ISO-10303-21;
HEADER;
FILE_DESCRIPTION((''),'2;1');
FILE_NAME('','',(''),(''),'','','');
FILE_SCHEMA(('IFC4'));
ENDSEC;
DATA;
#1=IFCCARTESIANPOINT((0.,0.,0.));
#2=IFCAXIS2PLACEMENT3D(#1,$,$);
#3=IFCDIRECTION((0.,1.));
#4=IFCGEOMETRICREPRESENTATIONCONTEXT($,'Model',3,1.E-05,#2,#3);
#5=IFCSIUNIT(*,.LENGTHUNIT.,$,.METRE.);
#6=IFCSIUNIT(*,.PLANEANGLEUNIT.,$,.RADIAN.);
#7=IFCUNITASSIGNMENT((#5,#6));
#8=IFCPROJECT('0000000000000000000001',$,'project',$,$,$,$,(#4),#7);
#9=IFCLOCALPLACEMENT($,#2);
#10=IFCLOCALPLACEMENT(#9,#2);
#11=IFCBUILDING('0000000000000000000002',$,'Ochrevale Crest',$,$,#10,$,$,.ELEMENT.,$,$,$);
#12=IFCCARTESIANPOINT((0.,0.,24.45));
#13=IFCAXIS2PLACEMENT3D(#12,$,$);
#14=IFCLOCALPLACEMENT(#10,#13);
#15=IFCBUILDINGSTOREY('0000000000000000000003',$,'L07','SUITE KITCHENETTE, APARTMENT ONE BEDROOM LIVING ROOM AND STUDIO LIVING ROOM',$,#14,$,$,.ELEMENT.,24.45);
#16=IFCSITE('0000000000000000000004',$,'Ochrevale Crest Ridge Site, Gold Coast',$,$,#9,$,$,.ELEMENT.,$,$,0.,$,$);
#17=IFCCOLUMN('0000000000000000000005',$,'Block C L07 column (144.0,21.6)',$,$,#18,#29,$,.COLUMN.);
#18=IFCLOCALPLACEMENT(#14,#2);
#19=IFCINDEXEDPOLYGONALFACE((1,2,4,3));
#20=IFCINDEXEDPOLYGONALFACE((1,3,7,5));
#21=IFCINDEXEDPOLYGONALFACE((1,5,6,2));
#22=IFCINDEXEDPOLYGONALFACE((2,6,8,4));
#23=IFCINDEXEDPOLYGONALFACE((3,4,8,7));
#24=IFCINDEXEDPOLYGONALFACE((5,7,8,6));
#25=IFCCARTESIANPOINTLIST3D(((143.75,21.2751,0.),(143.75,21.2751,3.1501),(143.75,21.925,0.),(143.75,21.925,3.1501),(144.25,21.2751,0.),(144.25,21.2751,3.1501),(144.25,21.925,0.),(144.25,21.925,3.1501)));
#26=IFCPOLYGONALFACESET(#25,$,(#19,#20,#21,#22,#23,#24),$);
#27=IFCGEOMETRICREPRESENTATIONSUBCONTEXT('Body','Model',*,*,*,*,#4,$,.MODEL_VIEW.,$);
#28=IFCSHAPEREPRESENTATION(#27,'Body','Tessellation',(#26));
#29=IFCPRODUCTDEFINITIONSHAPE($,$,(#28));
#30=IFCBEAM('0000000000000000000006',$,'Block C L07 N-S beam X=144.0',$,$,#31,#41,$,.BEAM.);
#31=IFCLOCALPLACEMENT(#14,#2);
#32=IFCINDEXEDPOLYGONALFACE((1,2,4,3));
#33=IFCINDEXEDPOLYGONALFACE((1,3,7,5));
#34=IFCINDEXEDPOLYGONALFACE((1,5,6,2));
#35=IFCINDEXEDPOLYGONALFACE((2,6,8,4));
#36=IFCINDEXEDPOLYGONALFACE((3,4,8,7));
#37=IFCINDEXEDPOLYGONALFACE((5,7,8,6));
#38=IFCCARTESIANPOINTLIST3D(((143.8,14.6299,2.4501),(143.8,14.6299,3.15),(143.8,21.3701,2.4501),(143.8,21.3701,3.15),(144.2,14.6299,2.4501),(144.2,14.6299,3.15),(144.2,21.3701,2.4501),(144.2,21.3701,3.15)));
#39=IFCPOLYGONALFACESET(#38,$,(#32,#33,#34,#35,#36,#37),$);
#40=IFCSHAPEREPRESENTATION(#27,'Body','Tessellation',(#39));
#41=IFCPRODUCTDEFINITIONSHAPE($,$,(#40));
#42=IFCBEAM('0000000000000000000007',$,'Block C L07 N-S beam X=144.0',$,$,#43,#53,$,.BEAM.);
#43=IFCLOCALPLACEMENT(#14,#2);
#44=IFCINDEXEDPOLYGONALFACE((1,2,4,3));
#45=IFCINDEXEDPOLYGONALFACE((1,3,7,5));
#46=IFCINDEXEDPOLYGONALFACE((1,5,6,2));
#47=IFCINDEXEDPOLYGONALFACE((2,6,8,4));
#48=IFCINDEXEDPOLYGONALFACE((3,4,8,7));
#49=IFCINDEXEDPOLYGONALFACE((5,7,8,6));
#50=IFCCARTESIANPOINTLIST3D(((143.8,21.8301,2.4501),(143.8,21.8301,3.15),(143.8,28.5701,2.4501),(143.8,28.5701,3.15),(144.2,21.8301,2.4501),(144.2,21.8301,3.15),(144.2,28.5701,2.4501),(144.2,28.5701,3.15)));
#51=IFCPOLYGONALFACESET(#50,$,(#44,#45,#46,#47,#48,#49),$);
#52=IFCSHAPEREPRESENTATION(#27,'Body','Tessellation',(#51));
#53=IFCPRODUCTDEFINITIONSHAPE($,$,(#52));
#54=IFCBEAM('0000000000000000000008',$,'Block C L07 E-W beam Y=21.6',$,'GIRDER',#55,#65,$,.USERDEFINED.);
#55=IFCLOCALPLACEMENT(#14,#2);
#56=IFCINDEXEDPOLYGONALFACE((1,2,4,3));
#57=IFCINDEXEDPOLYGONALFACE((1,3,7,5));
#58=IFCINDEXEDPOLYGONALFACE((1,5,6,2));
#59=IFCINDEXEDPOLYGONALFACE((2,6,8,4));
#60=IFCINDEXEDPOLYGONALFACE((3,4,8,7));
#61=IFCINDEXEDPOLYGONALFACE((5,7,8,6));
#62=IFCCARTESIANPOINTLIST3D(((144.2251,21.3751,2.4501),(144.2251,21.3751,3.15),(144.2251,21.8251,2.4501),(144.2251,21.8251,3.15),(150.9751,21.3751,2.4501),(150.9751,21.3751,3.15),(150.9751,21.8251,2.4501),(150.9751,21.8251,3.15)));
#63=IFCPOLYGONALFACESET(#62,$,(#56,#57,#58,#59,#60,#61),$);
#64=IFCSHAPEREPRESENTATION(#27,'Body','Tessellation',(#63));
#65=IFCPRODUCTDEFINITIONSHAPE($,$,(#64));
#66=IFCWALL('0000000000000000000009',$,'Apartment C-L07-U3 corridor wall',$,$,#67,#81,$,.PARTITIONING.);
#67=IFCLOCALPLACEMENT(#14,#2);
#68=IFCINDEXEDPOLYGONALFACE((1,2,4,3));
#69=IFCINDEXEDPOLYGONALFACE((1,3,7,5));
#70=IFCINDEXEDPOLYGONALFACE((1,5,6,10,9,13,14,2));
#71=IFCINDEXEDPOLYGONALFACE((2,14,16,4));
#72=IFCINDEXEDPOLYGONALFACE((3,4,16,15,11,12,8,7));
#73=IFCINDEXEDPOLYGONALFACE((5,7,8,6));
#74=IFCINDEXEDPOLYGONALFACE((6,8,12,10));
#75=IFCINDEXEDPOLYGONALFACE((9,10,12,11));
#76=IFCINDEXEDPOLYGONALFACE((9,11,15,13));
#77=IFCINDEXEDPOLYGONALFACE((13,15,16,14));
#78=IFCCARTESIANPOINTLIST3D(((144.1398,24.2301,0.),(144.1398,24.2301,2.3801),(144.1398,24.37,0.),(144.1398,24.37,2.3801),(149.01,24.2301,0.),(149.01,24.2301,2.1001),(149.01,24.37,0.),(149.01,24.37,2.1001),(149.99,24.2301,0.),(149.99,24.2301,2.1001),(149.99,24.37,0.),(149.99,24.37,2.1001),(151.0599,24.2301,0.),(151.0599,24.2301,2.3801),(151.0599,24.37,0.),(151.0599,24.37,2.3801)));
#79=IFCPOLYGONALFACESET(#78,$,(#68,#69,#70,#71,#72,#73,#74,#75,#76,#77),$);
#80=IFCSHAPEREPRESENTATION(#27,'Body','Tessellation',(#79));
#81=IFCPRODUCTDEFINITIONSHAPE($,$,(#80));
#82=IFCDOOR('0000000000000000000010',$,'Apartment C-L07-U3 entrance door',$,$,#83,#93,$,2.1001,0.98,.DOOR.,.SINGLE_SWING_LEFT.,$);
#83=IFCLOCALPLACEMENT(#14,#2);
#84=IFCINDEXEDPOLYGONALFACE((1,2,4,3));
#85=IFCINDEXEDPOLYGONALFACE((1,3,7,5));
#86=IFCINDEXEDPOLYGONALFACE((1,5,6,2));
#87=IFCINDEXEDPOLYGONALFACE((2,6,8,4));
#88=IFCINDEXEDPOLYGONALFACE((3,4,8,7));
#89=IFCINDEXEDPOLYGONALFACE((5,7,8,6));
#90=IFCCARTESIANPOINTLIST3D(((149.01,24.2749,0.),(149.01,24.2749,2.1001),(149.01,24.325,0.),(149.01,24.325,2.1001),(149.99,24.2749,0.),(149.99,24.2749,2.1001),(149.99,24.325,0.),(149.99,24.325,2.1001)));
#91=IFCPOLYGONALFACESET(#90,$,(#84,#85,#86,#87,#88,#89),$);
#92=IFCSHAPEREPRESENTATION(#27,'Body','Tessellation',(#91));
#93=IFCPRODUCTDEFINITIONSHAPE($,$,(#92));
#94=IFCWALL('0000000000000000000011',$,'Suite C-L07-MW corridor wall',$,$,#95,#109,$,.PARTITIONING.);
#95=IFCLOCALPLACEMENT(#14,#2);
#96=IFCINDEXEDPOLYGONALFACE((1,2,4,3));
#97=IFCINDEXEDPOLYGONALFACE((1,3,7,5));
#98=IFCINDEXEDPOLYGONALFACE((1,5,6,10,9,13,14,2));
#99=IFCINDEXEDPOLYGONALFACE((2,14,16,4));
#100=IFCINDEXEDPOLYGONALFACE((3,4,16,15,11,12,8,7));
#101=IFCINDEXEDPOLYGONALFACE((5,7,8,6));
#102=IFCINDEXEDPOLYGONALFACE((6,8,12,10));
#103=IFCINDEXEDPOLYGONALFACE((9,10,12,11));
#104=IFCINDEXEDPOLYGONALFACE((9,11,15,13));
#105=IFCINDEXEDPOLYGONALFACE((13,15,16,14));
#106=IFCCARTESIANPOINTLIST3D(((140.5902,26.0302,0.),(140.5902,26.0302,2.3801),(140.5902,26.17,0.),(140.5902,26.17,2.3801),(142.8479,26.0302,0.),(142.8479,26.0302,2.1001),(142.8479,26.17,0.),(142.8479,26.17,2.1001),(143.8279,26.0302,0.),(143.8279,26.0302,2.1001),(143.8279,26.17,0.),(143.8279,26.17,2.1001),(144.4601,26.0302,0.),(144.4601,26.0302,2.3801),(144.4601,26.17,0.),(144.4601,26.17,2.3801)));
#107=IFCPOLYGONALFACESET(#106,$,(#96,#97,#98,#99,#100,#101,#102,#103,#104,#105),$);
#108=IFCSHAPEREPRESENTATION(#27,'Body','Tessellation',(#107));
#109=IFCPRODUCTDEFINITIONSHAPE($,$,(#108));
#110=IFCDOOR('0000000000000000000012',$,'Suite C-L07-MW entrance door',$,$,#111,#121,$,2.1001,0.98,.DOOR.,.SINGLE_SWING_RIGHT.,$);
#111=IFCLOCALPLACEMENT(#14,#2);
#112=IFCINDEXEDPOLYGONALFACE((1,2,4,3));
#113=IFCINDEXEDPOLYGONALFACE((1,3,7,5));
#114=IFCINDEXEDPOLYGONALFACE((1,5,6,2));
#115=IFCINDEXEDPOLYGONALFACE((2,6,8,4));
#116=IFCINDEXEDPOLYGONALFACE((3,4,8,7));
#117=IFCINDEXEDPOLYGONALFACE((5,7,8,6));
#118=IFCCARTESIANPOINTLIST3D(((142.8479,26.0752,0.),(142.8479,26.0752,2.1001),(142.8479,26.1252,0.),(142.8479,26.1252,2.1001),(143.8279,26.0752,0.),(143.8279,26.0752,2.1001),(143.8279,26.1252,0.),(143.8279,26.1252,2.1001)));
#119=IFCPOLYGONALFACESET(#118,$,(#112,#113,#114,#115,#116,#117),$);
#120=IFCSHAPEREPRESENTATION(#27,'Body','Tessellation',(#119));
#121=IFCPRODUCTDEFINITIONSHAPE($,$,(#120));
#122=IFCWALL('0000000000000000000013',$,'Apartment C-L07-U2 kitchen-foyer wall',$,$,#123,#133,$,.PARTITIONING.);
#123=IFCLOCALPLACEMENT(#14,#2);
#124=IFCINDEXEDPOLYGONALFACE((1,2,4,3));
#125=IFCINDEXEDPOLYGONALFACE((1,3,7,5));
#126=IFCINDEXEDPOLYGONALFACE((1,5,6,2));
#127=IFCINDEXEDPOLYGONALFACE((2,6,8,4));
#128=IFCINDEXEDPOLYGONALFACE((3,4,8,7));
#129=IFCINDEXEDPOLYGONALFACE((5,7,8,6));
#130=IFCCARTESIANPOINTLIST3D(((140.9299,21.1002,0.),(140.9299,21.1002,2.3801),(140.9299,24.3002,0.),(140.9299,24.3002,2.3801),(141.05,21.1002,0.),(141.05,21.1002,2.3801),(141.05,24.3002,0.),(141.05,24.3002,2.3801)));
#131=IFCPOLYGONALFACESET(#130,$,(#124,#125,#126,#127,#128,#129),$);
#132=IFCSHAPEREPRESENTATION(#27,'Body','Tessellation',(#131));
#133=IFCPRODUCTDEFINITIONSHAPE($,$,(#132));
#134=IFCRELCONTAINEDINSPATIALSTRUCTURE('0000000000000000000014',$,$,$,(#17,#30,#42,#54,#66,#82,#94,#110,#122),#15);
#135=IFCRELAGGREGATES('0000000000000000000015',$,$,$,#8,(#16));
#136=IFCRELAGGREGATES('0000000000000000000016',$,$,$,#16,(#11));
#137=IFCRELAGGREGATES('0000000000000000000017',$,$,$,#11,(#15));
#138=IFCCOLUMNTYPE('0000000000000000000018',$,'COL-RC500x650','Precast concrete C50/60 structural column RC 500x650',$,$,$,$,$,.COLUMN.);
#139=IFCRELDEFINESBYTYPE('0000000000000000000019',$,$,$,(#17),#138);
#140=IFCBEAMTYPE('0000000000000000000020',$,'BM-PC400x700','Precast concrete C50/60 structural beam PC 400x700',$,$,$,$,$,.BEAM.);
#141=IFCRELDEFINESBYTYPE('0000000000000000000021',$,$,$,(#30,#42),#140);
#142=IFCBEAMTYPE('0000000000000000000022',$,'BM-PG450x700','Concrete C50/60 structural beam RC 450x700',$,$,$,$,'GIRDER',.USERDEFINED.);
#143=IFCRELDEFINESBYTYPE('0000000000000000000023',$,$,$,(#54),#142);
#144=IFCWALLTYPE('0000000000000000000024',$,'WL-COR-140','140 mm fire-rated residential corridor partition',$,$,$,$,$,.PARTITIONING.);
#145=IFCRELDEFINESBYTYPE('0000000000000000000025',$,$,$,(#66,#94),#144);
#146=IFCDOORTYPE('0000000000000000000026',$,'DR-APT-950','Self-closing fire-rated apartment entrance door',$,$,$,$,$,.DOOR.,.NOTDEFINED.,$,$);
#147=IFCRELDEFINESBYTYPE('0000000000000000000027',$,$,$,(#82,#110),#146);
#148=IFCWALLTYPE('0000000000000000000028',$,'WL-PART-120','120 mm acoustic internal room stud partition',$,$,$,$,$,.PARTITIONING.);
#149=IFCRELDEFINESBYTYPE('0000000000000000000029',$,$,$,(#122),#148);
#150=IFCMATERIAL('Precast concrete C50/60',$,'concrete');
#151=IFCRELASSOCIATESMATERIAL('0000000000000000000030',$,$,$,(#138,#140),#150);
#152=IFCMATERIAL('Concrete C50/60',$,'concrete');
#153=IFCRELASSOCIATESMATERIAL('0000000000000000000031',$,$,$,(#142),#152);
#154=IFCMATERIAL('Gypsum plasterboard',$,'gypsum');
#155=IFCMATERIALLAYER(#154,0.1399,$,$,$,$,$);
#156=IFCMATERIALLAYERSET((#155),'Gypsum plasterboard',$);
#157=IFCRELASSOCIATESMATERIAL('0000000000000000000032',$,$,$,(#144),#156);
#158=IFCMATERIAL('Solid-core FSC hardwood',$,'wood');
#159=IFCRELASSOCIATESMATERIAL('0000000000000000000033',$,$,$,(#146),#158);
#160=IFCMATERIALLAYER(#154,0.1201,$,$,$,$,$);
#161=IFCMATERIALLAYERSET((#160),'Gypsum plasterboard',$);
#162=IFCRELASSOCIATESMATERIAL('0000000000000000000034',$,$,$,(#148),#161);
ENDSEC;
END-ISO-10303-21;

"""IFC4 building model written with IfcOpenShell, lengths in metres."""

from ifc_helpers import new_model, si_unit, direction, frame, frame_2d, origin, origin_2d, place, context, subcontext, project, spatial, rectangle, extrude, material, layer, layer_set, material_profile, profile_set, type_object, element, fill, save


model = new_model("IFC4")

# Units and contexts
model_context = context("Model", 3, precision=1e-05, world=origin(), true_north=direction((0.0, 1.0)))
body_context = subcontext(model_context, "Body", "Model", "MODEL_VIEW")
ifc_project = project(units=[si_unit("LENGTHUNIT", "METRE"), si_unit("PLANEANGLEUNIT", "RADIAN")], contexts=[model_context])

# Site, building, storey
site_placement = place(None, origin())
site = spatial("IfcSite", under=ifc_project, at=site_placement, Name="Ochrevale Crest Ridge Site, Gold Coast", CompositionType="ELEMENT", RefElevation=0.0)
building_placement = place(site_placement, origin())
building = spatial("IfcBuilding", under=site, at=building_placement, Name="Ochrevale Crest", CompositionType="ELEMENT")
storey_placement = place(building_placement, frame((0.0, 0.0, 24.45)))
storey = spatial("IfcBuildingStorey", under=building, at=storey_placement, Name="L07", Description="SUITE KITCHENETTE, APARTMENT ONE BEDROOM LIVING ROOM AND STUDIO LIVING ROOM", CompositionType="ELEMENT", Elevation=24.45)

# Column
ifc_material_1 = material(Name="Precast concrete C50/60", Category="concrete")
ifc_material_profile_1 = material_profile(ifc_material_1, rectangle(XDim=0.5, YDim=0.6499, at=origin_2d()), Name="RC 500x650")
ifc_profile_set_1 = profile_set([ifc_material_profile_1], Name="Precast concrete C50/60")
column_type = type_object("IfcColumnType", Name="COL-RC500x650", Description="Precast concrete C50/60 structural column RC 500x650", PredefinedType="COLUMN", material=ifc_profile_set_1)
column_placement = place(storey_placement, frame((144.0, 21.6001, 0.0), z_axis=(0.0, 0.0, 1.0), x_axis=(1.0, 0.0, 0.0)))
element("IfcColumn", 1, at=column_placement, inside=storey, type_object=column_type, Name="Block C L07 column (144.0,21.6)", PredefinedType="COLUMN", context=body_context, shape_type="SweptSolid", body=[
    extrude(rectangle(XDim=0.5, YDim=0.6499, at=origin_2d()), origin(), (0.0, 0.0, 1.0), 3.1501),
])

# Beams
ifc_material_profile_2 = material_profile(ifc_material_1, rectangle(XDim=0.3999, YDim=0.7, at=origin_2d()), Name="PC 400x700")
ifc_profile_set_2 = profile_set([ifc_material_profile_2], Name="Precast concrete C50/60")
beam_type_1 = type_object("IfcBeamType", Name="BM-PC400x700", Description="Precast concrete C50/60 structural beam PC 400x700", PredefinedType="BEAM", material=ifc_profile_set_2)
beam_1_placement = place(storey_placement, frame((144.0, 14.6299, 2.8), z_axis=(0.0, 1.0, 0.0), x_axis=(-1.0, 0.0, 0.0)))
element("IfcBeam", 2, at=beam_1_placement, inside=storey, type_object=beam_type_1, Name="Block C L07 N-S beam X=144.0", PredefinedType="BEAM", context=body_context, shape_type="SweptSolid", body=[
    extrude(rectangle(XDim=0.3999, YDim=0.7, at=origin_2d()), origin(), (0.0, 0.0, 1.0), 6.7402),
])
beam_2_placement = place(storey_placement, frame((144.0, 21.8301, 2.8), z_axis=(0.0, 1.0, 0.0), x_axis=(-1.0, 0.0, 0.0)))
element("IfcBeam", 3, at=beam_2_placement, inside=storey, type_object=beam_type_1, Name="Block C L07 N-S beam X=144.0", PredefinedType="BEAM", context=body_context, shape_type="SweptSolid", body=[
    extrude(rectangle(XDim=0.3999, YDim=0.7, at=origin_2d()), origin(), (0.0, 0.0, 1.0), 6.74),
])
ifc_material_2 = material(Name="Concrete C50/60", Category="concrete")
ifc_material_profile_3 = material_profile(ifc_material_2, rectangle(XDim=0.45, YDim=0.7, at=origin_2d()), Name="RC 450x700")
ifc_profile_set_3 = profile_set([ifc_material_profile_3], Name="Concrete C50/60")
beam_type_2 = type_object("IfcBeamType", Name="BM-PG450x700", Description="Concrete C50/60 structural beam RC 450x700", ElementType="GIRDER", PredefinedType="USERDEFINED", material=ifc_profile_set_3)
beam_3_placement = place(storey_placement, frame((144.2251, 21.6001, 2.8), z_axis=(1.0, 0.0, 0.0), x_axis=(0.0, 1.0, 0.0)))
element("IfcBeam", 4, at=beam_3_placement, inside=storey, type_object=beam_type_2, Name="Block C L07 E-W beam Y=21.6", ObjectType="GIRDER", PredefinedType="USERDEFINED", context=body_context, shape_type="SweptSolid", body=[
    extrude(rectangle(XDim=0.45, YDim=0.7, at=origin_2d()), origin(), (0.0, 0.0, 1.0), 6.75),
])

# Walls, openings, doors
ifc_material_3 = material(Name="Gypsum plasterboard", Category="gypsum")
ifc_layer_1 = layer(ifc_material_3, 0.1399)
ifc_layer_set_1 = layer_set([ifc_layer_1], Name="Gypsum plasterboard")
wall_type_1 = type_object("IfcWallType", Name="WL-COR-140", Description="140 mm fire-rated residential corridor partition", PredefinedType="PARTITIONING", material=ifc_layer_set_1)
wall_1_placement = place(storey_placement, frame((144.1399, 24.3, 0.0), z_axis=(0.0, 0.0, 1.0), x_axis=(1.0, 0.0, 0.0)))
wall_1 = element("IfcWall", 5, at=wall_1_placement, inside=storey, type_object=wall_type_1, Name="Apartment C-L07-U3 corridor wall", PredefinedType="PARTITIONING", context=body_context, shape_type="SweptSolid", body=[
    extrude(rectangle(XDim=6.9202, YDim=0.1399, at=frame_2d((3.46, 0.0))), origin(), (0.0, 0.0, 1.0), 2.3801),
])
opening_1_placement = place(wall_1_placement, frame((4.8701, 0.0, 0.0)))
opening_1 = element("IfcOpeningElement", 6, at=opening_1_placement, cuts=wall_1, PredefinedType="OPENING", context=body_context, shape_type="SweptSolid", body=[
    extrude(rectangle(XDim=0.98, YDim=2.1001, at=frame_2d((0.49, 1.05))), frame((0.0, 0.0801, 0.0), z_axis=(0.0, -1.0, 0.0), x_axis=(1.0, 0.0, 0.0)), (0.0, 0.0, 1.0), 0.1599),
])
ifc_material_4 = material(Name="Solid-core FSC hardwood", Category="wood")
door_type_1 = type_object("IfcDoorType", Name="DR-APT-950", Description="Self-closing fire-rated apartment entrance door", OperationType="NOTDEFINED", PredefinedType="DOOR", material=ifc_material_4)
door_1_placement = place(opening_1_placement, origin())
door_1 = element("IfcDoor", 7, at=door_1_placement, inside=storey, type_object=door_type_1, Name="Apartment C-L07-U3 entrance door", OperationType="SINGLE_SWING_LEFT", OverallHeight=2.1001, OverallWidth=0.98, PredefinedType="DOOR", context=body_context, shape_type="SweptSolid", body=[
    extrude(rectangle(XDim=0.98, YDim=2.1001, at=frame_2d((0.49, 1.05))), frame((0.0, 0.0249, 0.0), z_axis=(0.0, -1.0, 0.0), x_axis=(1.0, 0.0, 0.0)), (0.0, 0.0, 1.0), 0.05),
])
fill(opening_1, door_1)
wall_2_placement = place(storey_placement, frame((140.5901, 26.1001, 0.0), z_axis=(0.0, 0.0, 1.0), x_axis=(1.0, 0.0, 0.0)))
wall_2 = element("IfcWall", 8, at=wall_2_placement, inside=storey, type_object=wall_type_1, Name="Suite C-L07-MW corridor wall", PredefinedType="PARTITIONING", context=body_context, shape_type="SweptSolid", body=[
    extrude(rectangle(XDim=3.8699, YDim=0.1399, at=frame_2d((1.9351, 0.0))), origin(), (0.0, 0.0, 1.0), 2.3801),
])
opening_2_placement = place(wall_2_placement, frame((3.2378, 0.0, 0.0), z_axis=(0.0, 0.0, 1.0), x_axis=(-1.0, 0.0, 0.0)))
opening_2 = element("IfcOpeningElement", 9, at=opening_2_placement, cuts=wall_2, PredefinedType="OPENING", context=body_context, shape_type="SweptSolid", body=[
    extrude(rectangle(XDim=0.98, YDim=2.1001, at=frame_2d((0.49, 1.05))), frame((0.0, 0.0801, 0.0), z_axis=(0.0, -1.0, 0.0), x_axis=(1.0, 0.0, 0.0)), (0.0, 0.0, 1.0), 0.1599),
])
door_2_placement = place(opening_2_placement, origin())
door_2 = element("IfcDoor", 10, at=door_2_placement, inside=storey, type_object=door_type_1, Name="Suite C-L07-MW entrance door", OperationType="SINGLE_SWING_RIGHT", OverallHeight=2.1001, OverallWidth=0.98, PredefinedType="DOOR", context=body_context, shape_type="SweptSolid", body=[
    extrude(rectangle(XDim=0.98, YDim=2.1001, at=frame_2d((0.49, 1.05))), frame((0.0, 0.0249, 0.0), z_axis=(0.0, -1.0, 0.0), x_axis=(1.0, 0.0, 0.0)), (0.0, 0.0, 1.0), 0.05),
])
fill(opening_2, door_2)

# Wall
ifc_layer_2 = layer(ifc_material_3, 0.1201)
ifc_layer_set_2 = layer_set([ifc_layer_2], Name="Gypsum plasterboard")
wall_type_2 = type_object("IfcWallType", Name="WL-PART-120", Description="120 mm acoustic internal room stud partition", PredefinedType="PARTITIONING", material=ifc_layer_set_2)
wall_3_placement = place(storey_placement, frame((140.99, 21.1001, 0.0), z_axis=(0.0, 0.0, 1.0), x_axis=(0.0, 1.0, 0.0)))
element("IfcWall", 11, at=wall_3_placement, inside=storey, type_object=wall_type_2, Name="Apartment C-L07-U2 kitchen-foyer wall", PredefinedType="PARTITIONING", context=body_context, shape_type="SweptSolid", body=[
    extrude(rectangle(XDim=3.2, YDim=0.1201, at=frame_2d((1.6001, 0.0))), origin(), (0.0, 0.0, 1.0), 2.3801),
])

save(model, "model.ifc")
